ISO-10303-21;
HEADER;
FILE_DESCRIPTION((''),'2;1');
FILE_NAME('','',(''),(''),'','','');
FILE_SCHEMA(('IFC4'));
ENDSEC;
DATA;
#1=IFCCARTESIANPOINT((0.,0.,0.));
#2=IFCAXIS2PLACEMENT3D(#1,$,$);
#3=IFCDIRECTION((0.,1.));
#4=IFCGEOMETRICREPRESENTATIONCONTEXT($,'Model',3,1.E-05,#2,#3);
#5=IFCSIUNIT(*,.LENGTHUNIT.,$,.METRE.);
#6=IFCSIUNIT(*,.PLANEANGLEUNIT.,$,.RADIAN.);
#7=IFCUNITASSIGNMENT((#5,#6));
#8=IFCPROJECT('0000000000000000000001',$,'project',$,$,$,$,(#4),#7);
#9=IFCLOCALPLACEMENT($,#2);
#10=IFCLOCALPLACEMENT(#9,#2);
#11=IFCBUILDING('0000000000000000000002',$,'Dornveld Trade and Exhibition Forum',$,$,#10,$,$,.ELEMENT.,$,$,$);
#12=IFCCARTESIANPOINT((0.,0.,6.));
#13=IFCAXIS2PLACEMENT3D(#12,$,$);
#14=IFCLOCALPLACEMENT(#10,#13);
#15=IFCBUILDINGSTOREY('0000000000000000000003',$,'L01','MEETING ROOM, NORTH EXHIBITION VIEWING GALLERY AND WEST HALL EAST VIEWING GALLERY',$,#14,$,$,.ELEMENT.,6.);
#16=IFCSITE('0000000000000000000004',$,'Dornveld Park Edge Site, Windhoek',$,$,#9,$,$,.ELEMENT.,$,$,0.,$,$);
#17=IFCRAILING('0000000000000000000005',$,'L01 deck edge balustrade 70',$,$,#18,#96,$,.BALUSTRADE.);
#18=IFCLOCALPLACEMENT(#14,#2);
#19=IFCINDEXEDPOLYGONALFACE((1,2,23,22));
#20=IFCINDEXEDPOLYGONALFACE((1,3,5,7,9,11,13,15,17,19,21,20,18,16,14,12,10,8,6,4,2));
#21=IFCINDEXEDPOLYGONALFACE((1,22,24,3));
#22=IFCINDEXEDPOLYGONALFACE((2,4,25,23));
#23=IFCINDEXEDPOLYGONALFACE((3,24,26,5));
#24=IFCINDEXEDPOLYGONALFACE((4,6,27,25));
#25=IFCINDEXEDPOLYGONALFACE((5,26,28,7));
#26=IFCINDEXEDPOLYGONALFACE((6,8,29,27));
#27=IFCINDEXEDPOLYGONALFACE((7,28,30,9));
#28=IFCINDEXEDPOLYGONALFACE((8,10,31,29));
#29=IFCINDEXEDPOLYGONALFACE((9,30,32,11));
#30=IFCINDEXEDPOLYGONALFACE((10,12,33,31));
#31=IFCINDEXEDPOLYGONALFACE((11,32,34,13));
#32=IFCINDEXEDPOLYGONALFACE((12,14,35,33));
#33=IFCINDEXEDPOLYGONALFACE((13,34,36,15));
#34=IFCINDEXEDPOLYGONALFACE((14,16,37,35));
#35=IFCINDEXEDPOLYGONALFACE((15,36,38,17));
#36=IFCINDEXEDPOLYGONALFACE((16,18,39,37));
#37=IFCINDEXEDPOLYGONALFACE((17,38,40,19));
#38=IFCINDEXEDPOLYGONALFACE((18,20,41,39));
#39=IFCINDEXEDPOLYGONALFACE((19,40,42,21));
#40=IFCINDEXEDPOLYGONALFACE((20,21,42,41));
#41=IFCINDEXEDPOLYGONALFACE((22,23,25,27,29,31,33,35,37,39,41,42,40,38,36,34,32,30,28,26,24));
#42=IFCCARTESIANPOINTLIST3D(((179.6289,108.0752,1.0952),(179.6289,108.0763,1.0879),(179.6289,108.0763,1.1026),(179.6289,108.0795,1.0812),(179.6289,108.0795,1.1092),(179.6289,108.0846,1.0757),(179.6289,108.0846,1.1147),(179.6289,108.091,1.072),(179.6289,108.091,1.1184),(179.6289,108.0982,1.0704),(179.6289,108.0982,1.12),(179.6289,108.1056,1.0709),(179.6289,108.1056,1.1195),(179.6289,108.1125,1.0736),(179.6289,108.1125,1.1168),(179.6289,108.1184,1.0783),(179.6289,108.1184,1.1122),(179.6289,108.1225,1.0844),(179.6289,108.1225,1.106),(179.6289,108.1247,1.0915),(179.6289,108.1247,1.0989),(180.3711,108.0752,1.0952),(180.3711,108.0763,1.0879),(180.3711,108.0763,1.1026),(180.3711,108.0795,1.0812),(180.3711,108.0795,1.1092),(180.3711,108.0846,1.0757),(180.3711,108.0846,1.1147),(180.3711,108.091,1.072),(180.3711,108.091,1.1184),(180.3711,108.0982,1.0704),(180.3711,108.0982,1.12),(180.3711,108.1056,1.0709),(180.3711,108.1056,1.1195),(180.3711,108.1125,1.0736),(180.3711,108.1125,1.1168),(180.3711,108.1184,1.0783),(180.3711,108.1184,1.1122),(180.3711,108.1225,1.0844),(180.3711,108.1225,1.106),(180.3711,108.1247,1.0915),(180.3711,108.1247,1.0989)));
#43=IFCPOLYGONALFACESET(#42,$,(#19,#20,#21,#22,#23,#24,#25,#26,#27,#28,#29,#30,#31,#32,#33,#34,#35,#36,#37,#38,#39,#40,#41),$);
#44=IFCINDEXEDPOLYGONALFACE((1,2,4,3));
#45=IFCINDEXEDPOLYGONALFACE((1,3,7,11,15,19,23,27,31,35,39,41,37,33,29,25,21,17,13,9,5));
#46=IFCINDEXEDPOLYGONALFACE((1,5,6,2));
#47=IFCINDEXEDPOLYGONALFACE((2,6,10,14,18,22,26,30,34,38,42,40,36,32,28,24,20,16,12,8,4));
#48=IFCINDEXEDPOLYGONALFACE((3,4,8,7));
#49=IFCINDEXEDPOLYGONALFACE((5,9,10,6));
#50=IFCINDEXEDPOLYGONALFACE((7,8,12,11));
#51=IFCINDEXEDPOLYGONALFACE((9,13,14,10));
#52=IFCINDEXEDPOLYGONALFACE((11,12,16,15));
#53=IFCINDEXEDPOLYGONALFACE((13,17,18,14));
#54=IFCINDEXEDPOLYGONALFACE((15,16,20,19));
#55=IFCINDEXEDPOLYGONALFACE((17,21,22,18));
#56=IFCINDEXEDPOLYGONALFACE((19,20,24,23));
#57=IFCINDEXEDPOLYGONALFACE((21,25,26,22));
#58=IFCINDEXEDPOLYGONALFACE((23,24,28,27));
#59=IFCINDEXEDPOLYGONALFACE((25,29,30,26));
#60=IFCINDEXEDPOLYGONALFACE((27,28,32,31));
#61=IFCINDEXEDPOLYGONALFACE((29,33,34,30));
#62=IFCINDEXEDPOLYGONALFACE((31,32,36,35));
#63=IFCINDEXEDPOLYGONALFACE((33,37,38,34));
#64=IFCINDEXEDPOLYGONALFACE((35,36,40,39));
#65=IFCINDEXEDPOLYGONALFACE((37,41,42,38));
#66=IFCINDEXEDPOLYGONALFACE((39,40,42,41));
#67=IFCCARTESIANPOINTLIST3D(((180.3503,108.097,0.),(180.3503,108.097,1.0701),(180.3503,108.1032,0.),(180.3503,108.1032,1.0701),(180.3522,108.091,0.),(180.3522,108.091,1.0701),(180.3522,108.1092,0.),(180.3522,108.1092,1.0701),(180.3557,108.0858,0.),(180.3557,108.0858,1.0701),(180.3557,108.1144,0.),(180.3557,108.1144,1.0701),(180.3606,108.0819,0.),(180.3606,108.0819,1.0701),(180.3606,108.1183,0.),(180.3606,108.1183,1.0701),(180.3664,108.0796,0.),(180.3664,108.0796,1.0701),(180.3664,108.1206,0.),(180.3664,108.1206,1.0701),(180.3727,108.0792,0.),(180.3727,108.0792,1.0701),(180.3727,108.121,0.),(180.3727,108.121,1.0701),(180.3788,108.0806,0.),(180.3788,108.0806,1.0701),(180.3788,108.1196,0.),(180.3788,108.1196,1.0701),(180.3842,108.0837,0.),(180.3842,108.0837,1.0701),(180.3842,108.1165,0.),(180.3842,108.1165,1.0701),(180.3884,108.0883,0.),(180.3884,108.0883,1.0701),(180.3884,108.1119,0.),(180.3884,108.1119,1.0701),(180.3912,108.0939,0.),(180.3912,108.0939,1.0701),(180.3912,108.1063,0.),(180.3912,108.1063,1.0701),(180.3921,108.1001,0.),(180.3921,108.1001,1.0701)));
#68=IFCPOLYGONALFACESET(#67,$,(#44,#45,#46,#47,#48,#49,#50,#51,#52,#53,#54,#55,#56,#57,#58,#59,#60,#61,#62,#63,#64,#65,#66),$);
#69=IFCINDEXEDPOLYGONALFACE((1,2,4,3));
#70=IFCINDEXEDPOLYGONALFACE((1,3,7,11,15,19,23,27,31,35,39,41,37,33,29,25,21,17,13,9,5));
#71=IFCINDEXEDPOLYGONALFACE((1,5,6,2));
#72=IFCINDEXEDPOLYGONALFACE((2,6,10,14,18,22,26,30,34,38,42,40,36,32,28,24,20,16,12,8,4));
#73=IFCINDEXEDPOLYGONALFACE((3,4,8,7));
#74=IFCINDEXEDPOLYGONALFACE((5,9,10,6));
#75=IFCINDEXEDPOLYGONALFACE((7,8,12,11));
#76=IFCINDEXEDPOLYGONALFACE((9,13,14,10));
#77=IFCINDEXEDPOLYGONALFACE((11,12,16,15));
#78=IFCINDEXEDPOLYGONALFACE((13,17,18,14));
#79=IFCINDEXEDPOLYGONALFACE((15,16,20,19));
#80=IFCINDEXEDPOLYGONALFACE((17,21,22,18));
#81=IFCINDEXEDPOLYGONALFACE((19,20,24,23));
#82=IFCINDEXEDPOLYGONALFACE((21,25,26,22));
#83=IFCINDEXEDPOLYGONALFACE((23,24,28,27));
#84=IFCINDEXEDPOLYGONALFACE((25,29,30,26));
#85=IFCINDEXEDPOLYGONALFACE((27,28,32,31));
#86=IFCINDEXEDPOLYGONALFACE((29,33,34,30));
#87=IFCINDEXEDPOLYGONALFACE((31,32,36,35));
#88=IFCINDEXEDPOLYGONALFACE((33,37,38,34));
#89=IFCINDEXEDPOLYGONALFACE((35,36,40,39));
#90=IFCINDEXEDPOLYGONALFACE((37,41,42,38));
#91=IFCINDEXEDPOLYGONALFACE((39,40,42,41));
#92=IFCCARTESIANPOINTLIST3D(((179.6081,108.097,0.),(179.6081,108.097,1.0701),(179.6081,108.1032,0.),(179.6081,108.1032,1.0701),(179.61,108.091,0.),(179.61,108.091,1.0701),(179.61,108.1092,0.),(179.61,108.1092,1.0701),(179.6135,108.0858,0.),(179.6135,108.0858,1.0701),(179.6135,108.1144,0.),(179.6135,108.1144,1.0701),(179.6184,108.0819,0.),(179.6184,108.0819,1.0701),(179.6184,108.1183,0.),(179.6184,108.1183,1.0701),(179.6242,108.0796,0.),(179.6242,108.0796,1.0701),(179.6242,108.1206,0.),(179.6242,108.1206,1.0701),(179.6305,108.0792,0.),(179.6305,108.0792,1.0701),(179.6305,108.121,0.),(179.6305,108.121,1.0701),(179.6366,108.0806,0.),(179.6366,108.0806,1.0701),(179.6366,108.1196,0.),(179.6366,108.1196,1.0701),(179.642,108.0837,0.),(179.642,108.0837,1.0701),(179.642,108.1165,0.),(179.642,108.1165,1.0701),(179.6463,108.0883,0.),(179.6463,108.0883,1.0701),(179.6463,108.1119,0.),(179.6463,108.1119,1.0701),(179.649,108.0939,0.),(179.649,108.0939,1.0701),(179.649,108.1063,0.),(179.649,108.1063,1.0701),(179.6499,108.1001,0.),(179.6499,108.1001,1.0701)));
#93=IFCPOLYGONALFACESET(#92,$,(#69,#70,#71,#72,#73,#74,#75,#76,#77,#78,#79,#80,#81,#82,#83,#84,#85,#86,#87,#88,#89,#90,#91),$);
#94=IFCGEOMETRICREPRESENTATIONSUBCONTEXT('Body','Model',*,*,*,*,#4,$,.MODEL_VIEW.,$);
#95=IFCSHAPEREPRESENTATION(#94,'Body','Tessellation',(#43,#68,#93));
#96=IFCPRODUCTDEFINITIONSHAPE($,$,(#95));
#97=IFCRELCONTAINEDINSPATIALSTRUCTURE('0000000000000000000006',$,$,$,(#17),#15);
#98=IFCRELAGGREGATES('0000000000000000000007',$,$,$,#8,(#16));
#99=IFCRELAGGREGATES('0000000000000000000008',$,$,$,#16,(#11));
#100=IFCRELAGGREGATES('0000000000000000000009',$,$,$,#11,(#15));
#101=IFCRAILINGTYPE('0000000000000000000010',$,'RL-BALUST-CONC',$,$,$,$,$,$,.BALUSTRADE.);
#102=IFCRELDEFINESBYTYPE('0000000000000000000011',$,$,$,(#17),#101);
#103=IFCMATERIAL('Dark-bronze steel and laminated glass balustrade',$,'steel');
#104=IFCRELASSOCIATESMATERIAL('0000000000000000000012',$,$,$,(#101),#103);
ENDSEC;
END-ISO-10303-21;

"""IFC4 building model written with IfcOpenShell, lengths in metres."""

from ifc_helpers import new_model, si_unit, direction, frame, origin, origin_2d, place, context, subcontext, project, spatial, circle, extrude, material, type_object, element, save


model = new_model("IFC4")

# Units and contexts
model_context = context("Model", 3, precision=1e-05, world=origin(), true_north=direction((0.0, 1.0)))
body_context = subcontext(model_context, "Body", "Model", "MODEL_VIEW")
ifc_project = project(units=[si_unit("LENGTHUNIT", "METRE"), si_unit("PLANEANGLEUNIT", "RADIAN")], contexts=[model_context])

# Site, building, storey
site_placement = place(None, origin())
site = spatial("IfcSite", under=ifc_project, at=site_placement, Name="Dornveld Park Edge Site, Windhoek", CompositionType="ELEMENT", RefElevation=0.0)
building_placement = place(site_placement, origin())
building = spatial("IfcBuilding", under=site, at=building_placement, Name="Dornveld Trade and Exhibition Forum", CompositionType="ELEMENT")
storey_placement = place(building_placement, frame((0.0, 0.0, 6.0)))
storey = spatial("IfcBuildingStorey", under=building, at=storey_placement, Name="L01", Description="MEETING ROOM, NORTH EXHIBITION VIEWING GALLERY AND WEST HALL EAST VIEWING GALLERY", CompositionType="ELEMENT", Elevation=6.0)

# Railing
ifc_material_1 = material(Name="Dark-bronze steel and laminated glass balustrade", Category="steel")
railing_type_1 = type_object("IfcRailingType", Name="RL-BALUST-CONC", PredefinedType="BALUSTRADE", material=ifc_material_1)
railing_1_placement = place(storey_placement, frame((180.3711, 108.1001, 0.0)))
element("IfcRailing", 1, at=railing_1_placement, inside=storey, type_object=railing_type_1, Name="L01 deck edge balustrade 70", PredefinedType="BALUSTRADE", context=body_context, shape_type="SweptSolid", body=[
    extrude(circle(Radius=0.0249, at=origin_2d()), frame((0.0, 0.0, 1.0952), z_axis=(-1.0, 0.0, 0.0), x_axis=(0.0, -1.0, 0.0)), (0.0, 0.0, 1.0), 0.7422),
    extrude(circle(Radius=0.021, at=origin_2d()), origin(), (0.0, 0.0, 1.0), 1.0701),
    extrude(circle(Radius=0.021, at=origin_2d()), frame((-0.7422, 0.0, 0.0)), (0.0, 0.0, 1.0), 1.0701),
])

save(model, "model.ifc")
